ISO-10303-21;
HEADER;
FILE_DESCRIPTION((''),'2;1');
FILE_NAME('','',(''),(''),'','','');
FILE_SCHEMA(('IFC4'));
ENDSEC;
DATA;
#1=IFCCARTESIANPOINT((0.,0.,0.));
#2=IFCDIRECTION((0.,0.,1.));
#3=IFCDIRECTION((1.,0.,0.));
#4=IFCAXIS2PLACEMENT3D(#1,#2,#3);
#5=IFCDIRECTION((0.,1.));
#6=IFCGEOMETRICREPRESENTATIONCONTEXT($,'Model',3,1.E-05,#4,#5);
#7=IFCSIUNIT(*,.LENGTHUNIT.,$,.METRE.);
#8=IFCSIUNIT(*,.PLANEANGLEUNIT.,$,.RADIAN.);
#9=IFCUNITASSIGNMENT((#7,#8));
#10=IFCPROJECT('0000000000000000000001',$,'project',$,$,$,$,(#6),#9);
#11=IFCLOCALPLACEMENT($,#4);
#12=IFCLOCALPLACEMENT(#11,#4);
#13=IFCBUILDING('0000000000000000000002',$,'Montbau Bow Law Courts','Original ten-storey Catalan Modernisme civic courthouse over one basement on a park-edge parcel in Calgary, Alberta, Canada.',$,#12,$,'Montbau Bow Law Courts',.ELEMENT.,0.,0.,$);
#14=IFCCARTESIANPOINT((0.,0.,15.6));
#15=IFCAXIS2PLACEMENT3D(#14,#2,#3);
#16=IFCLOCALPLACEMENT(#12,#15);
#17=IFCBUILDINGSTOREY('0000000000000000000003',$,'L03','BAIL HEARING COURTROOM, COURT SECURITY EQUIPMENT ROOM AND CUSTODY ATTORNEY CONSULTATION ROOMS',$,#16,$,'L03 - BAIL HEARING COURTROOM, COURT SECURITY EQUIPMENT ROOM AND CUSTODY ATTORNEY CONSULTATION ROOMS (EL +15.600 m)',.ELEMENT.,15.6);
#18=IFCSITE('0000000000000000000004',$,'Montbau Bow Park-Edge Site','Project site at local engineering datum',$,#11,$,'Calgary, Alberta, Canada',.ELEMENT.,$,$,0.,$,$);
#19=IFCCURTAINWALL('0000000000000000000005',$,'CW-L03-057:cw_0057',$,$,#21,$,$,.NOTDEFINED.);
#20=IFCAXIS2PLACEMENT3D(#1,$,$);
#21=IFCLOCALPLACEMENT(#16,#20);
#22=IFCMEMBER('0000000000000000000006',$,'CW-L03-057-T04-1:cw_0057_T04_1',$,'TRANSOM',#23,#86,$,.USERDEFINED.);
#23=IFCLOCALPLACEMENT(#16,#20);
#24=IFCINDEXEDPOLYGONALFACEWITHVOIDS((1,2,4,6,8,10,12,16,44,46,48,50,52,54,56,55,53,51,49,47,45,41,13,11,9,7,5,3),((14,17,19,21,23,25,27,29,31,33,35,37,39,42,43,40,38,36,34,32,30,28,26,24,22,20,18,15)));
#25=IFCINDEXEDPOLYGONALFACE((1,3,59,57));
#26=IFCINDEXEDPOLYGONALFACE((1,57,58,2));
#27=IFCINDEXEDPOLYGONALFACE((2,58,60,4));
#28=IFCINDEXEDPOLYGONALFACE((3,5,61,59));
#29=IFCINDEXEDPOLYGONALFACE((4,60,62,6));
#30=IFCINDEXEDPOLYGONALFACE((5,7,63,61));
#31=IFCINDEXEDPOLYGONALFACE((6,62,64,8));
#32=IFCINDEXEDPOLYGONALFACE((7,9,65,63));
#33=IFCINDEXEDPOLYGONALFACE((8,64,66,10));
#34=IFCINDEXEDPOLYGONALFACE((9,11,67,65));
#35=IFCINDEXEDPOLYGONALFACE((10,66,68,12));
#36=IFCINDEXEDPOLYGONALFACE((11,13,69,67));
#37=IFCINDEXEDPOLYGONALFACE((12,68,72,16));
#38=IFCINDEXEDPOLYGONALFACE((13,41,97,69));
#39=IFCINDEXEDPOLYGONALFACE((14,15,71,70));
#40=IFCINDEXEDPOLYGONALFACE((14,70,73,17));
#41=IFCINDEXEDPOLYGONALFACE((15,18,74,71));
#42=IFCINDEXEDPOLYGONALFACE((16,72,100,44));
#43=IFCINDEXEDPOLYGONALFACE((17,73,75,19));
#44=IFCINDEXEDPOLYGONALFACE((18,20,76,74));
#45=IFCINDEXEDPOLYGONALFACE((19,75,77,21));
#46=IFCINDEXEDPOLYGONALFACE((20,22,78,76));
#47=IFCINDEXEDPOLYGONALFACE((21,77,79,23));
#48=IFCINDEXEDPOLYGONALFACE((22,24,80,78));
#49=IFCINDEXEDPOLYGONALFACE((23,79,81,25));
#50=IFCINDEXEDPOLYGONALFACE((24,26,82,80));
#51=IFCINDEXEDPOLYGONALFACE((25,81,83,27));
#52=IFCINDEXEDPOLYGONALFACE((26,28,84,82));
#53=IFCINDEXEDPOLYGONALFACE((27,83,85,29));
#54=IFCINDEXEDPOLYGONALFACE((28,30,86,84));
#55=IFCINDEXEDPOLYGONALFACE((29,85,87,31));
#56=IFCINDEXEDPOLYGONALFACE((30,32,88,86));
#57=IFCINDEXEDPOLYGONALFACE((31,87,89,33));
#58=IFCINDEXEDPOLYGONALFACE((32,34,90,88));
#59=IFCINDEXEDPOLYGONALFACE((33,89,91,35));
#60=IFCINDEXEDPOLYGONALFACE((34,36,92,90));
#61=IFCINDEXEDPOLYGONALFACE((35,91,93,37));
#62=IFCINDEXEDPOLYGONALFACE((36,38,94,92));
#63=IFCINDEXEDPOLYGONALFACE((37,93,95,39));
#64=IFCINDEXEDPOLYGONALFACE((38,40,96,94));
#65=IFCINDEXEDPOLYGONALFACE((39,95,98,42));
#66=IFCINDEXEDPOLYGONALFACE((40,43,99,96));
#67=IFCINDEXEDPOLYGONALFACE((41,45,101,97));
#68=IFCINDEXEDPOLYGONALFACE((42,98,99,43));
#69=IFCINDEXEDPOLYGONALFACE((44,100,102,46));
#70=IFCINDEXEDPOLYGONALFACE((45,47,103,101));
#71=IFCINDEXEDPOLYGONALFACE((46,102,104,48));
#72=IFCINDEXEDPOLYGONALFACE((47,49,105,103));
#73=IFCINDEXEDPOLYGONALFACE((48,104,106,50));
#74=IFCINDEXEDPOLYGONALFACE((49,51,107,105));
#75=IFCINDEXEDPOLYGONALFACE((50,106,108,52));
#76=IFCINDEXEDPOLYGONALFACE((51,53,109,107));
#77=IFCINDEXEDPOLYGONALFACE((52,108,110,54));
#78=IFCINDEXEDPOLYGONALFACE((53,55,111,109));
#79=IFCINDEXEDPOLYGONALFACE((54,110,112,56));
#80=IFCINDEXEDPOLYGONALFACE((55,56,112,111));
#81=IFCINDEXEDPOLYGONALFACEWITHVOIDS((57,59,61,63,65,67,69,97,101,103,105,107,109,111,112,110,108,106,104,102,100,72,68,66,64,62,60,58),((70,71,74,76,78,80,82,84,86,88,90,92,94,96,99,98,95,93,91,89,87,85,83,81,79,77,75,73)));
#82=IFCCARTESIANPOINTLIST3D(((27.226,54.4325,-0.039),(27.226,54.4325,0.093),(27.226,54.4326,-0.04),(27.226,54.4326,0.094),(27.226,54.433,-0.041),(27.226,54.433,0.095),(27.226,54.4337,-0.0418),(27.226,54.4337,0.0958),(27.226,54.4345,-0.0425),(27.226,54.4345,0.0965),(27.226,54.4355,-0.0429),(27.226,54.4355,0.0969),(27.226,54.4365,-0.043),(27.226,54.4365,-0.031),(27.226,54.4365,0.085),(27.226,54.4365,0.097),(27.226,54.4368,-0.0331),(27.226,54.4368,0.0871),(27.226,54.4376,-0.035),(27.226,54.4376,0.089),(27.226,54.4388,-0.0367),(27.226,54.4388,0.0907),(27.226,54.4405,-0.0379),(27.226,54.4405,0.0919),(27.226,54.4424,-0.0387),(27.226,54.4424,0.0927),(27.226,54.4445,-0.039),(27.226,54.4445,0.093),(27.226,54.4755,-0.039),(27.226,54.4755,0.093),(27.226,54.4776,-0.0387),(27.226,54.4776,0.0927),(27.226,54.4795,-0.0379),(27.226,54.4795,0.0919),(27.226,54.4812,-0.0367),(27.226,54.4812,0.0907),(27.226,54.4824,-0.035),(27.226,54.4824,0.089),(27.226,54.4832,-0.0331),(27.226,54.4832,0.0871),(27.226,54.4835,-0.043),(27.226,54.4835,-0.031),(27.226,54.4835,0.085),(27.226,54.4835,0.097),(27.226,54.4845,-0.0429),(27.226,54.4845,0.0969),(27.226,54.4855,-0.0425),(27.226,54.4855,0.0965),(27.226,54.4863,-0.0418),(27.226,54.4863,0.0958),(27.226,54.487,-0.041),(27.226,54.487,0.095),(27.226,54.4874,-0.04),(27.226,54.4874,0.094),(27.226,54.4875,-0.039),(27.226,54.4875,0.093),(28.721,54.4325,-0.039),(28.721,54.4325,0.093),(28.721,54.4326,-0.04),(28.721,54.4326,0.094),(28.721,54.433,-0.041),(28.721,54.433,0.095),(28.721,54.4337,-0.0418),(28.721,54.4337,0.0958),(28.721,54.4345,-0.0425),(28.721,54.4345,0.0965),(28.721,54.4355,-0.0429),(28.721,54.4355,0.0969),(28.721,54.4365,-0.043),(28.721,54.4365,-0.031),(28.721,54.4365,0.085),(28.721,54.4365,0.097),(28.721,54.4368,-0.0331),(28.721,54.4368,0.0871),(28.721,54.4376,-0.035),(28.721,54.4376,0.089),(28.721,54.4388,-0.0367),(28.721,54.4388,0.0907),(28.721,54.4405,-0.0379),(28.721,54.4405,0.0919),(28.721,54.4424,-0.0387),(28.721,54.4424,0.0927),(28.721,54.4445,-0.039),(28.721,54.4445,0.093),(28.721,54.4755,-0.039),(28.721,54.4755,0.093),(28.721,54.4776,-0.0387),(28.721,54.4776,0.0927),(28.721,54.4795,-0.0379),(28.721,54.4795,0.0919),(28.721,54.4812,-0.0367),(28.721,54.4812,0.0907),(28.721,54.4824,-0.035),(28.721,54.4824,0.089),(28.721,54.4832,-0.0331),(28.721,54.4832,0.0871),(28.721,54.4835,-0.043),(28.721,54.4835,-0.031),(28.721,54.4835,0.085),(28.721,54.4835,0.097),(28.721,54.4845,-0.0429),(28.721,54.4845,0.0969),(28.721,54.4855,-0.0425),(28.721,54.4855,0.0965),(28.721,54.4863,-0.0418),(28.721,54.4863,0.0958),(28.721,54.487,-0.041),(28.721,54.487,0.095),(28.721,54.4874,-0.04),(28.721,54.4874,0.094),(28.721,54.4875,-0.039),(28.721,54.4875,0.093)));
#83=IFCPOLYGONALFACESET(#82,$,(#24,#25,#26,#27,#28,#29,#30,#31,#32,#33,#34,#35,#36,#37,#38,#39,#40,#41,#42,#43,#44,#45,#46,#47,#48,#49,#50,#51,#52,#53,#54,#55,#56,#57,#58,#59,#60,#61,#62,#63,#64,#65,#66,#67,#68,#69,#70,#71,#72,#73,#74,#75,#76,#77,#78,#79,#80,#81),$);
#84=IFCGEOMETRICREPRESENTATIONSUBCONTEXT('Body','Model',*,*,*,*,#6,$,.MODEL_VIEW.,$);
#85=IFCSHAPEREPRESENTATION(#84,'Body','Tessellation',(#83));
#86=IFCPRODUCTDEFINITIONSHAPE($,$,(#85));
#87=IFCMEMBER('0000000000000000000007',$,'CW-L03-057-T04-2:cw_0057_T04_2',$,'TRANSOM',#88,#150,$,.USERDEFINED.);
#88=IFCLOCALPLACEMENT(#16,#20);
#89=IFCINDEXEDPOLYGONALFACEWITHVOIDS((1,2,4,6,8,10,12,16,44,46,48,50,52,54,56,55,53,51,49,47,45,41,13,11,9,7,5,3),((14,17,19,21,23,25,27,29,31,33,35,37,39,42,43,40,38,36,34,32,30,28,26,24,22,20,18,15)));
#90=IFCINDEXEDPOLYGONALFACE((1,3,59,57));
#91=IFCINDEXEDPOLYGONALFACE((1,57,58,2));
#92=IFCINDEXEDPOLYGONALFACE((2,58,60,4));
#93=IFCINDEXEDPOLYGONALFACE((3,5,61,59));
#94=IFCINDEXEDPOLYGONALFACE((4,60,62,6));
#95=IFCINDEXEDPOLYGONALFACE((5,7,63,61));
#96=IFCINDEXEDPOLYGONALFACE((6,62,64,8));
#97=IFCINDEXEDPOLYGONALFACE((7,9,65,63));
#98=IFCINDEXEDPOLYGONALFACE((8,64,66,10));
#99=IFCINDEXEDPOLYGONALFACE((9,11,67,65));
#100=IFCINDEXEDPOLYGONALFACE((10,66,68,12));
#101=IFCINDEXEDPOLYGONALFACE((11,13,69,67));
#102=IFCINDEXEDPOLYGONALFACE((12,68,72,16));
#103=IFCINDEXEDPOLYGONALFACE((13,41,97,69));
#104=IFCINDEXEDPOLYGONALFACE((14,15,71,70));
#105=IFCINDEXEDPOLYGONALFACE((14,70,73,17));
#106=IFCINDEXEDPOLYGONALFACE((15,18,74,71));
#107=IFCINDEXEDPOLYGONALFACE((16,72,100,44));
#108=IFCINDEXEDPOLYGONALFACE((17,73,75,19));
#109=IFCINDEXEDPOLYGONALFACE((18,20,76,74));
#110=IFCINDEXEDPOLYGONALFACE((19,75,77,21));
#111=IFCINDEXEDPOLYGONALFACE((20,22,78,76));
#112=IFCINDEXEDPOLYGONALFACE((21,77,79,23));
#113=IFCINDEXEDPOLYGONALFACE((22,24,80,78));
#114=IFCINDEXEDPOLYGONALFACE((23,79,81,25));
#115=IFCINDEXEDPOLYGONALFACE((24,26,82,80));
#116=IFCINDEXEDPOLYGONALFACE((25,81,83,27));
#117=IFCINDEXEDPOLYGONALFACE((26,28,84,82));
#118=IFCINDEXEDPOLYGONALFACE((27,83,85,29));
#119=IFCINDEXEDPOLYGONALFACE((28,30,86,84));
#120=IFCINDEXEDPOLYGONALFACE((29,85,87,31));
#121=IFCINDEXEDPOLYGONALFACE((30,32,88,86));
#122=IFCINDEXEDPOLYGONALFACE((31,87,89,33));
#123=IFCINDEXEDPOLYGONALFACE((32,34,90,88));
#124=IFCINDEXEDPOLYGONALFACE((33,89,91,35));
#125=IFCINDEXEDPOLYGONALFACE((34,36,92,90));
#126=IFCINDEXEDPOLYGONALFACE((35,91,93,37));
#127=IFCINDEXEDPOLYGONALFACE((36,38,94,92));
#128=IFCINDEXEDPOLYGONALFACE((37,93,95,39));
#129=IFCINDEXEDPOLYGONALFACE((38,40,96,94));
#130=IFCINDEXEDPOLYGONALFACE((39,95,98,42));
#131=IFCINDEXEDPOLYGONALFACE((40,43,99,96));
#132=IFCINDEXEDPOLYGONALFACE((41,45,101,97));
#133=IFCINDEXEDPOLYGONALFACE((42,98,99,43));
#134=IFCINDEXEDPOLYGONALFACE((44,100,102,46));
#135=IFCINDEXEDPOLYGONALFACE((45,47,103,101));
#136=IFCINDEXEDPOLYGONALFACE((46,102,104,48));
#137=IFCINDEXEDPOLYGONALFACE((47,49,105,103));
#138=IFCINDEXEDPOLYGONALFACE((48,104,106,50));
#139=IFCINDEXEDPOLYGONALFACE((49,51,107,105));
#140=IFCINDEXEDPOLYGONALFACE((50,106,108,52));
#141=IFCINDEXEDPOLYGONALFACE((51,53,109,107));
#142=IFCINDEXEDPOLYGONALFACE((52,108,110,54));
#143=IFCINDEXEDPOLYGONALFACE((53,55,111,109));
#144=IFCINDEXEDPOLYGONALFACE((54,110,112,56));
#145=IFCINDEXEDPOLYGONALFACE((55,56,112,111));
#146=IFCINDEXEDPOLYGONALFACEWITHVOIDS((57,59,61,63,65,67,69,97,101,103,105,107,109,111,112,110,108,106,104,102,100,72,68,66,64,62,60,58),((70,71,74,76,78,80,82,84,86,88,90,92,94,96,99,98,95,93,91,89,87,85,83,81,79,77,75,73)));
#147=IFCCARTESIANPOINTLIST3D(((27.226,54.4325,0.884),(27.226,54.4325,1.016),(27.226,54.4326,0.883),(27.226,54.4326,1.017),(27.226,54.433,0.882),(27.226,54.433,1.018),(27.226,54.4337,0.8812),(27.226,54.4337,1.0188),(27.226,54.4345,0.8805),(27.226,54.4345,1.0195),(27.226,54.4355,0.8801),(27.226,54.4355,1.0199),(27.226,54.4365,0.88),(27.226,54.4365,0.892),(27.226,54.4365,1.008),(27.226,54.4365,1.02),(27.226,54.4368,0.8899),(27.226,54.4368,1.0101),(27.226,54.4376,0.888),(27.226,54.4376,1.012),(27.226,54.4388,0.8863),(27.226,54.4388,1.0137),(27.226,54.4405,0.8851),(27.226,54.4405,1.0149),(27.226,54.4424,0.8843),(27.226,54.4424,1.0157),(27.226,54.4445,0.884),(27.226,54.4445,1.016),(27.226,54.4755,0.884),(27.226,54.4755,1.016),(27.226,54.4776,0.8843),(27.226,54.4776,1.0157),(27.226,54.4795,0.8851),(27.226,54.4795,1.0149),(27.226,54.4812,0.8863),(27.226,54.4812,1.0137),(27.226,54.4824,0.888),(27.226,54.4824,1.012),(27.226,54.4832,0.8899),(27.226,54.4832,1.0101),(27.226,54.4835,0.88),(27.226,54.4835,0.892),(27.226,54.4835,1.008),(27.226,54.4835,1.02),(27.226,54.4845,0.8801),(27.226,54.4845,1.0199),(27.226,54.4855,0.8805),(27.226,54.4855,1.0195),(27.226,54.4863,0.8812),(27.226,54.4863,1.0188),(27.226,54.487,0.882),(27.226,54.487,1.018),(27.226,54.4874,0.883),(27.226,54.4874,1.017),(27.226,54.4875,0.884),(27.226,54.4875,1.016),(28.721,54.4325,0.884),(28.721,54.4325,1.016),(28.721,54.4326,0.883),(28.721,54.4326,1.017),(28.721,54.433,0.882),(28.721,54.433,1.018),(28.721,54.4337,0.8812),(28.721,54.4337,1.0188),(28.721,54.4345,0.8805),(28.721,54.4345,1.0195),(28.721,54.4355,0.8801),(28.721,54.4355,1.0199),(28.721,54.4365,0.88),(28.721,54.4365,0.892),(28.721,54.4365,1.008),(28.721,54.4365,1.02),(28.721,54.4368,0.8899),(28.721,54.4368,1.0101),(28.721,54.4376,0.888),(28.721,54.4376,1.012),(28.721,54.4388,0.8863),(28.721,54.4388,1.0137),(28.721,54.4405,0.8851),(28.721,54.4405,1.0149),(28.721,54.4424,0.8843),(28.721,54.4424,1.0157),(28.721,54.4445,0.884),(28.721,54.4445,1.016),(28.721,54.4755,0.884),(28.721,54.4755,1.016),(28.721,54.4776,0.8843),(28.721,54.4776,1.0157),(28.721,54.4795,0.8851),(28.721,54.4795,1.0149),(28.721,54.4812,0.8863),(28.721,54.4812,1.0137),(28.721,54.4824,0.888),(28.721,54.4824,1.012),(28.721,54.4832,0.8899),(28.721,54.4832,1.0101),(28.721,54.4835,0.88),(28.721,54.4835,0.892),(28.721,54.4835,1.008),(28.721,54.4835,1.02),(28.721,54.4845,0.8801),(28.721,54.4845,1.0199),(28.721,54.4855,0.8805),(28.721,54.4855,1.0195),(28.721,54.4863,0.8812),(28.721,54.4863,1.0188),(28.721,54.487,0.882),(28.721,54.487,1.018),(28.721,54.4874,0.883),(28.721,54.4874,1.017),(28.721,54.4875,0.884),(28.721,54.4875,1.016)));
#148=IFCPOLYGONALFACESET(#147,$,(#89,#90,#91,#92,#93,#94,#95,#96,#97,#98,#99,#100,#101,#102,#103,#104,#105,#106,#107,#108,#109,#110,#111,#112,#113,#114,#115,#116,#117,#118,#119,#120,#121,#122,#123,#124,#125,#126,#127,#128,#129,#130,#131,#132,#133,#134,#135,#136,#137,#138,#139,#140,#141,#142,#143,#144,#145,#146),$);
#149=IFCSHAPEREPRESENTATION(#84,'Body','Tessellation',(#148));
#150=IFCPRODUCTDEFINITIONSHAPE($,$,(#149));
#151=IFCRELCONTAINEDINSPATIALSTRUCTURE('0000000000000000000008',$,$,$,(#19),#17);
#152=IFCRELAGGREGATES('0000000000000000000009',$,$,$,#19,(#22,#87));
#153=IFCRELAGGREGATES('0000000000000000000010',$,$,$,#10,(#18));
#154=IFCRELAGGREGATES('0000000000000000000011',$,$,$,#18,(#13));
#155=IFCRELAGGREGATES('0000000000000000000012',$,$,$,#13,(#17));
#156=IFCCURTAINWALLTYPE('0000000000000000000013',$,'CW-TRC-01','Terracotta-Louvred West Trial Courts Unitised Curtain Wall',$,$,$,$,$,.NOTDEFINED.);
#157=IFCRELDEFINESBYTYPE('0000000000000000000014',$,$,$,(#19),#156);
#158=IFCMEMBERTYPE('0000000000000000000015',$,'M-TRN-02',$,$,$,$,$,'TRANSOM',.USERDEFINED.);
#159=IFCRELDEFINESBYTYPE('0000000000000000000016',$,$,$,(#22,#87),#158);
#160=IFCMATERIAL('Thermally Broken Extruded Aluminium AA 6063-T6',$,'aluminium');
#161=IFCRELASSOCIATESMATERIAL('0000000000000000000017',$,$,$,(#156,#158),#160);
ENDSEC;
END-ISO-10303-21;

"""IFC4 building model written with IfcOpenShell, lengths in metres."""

from ifc_helpers import new_model, si_unit, direction, frame, origin_with_axes, origin_2d_with_axis, place, context, subcontext, project, spatial, hollow_rectangle, extrude, material, material_profile, profile_set, type_object, element, aggregate, save


model = new_model("IFC4")

# Units and contexts
model_context = context("Model", 3, precision=1e-05, world=origin_with_axes(), true_north=direction((0.0, 1.0)))
body_context = subcontext(model_context, "Body", "Model", "MODEL_VIEW")
ifc_project = project(units=[si_unit("LENGTHUNIT", "METRE"), si_unit("PLANEANGLEUNIT", "RADIAN")], contexts=[model_context])

# Site, building, storey
site_placement = place(None, origin_with_axes())
site = spatial("IfcSite", under=ifc_project, at=site_placement, Name="Montbau Bow Park-Edge Site", Description="Project site at local engineering datum", LongName="Calgary, Alberta, Canada", CompositionType="ELEMENT", RefElevation=0.0)
building_placement = place(site_placement, origin_with_axes())
building = spatial("IfcBuilding", under=site, at=building_placement, Name="Montbau Bow Law Courts", Description="Original ten-storey Catalan Modernisme civic courthouse over one basement on a park-edge parcel in Calgary, Alberta, Canada.", LongName="Montbau Bow Law Courts", CompositionType="ELEMENT", ElevationOfRefHeight=0.0, ElevationOfTerrain=0.0)
storey_placement = place(building_placement, frame((0.0, 0.0, 15.6), z_axis=(0.0, 0.0, 1.0), x_axis=(1.0, 0.0, 0.0)))
storey = spatial("IfcBuildingStorey", under=building, at=storey_placement, Name="L03", Description="BAIL HEARING COURTROOM, COURT SECURITY EQUIPMENT ROOM AND CUSTODY ATTORNEY CONSULTATION ROOMS", LongName="L03 - BAIL HEARING COURTROOM, COURT SECURITY EQUIPMENT ROOM AND CUSTODY ATTORNEY CONSULTATION ROOMS (EL +15.600 m)", CompositionType="ELEMENT", Elevation=15.6)

# Curtain wall, members
ifc_material_1 = material(Name="Thermally Broken Extruded Aluminium AA 6063-T6", Category="aluminium")
curtain_wall_type = type_object("IfcCurtainWallType", Name="CW-TRC-01", Description="Terracotta-Louvred West Trial Courts Unitised Curtain Wall", PredefinedType="NOTDEFINED", material=ifc_material_1)
curtain_wall_placement = place(None, frame((22.467, 54.46, 15.6), z_axis=(0.0, 0.0, 1.0), x_axis=(1.0, 0.0, 0.0)))
curtain_wall = element("IfcCurtainWall", 1, at=curtain_wall_placement, inside=storey, type_object=curtain_wall_type, Name="CW-L03-057:cw_0057", PredefinedType="NOTDEFINED")
ifc_material_profile_1 = material_profile(ifc_material_1, hollow_rectangle(XDim=0.055, YDim=0.14, WallThickness=0.004, InnerFilletRadius=0.008, OuterFilletRadius=0.004, at=origin_2d_with_axis()), Name="CWT-140X55", Category="Main", Priority=0)
ifc_profile_set_1 = profile_set([ifc_material_profile_1], Name="Thermally Broken Extruded Aluminium AA 6063-T6")
member_type_1 = type_object("IfcMemberType", Name="M-TRN-02", ElementType="TRANSOM", PredefinedType="USERDEFINED", material=ifc_profile_set_1)
member_1_placement = place(None, frame((27.226, 54.46, 15.627), z_axis=(1.0, 0.0, 0.0), x_axis=(0.0, 1.0, 0.0)))
member_1 = element("IfcMember", 2, at=member_1_placement, type_object=member_type_1, Name="CW-L03-057-T04-1:cw_0057_T04_1", ObjectType="TRANSOM", PredefinedType="USERDEFINED", context=body_context, shape_type="SweptSolid", body=[
    extrude(hollow_rectangle(XDim=0.055, YDim=0.14, WallThickness=0.004, InnerFilletRadius=0.008, OuterFilletRadius=0.004, at=origin_2d_with_axis()), origin_with_axes(), (0.0, 0.0, 1.0), 1.495),
])
member_2_placement = place(None, frame((27.226, 54.46, 16.55), z_axis=(1.0, 0.0, 0.0), x_axis=(0.0, 1.0, 0.0)))
member_2 = element("IfcMember", 3, at=member_2_placement, type_object=member_type_1, Name="CW-L03-057-T04-2:cw_0057_T04_2", ObjectType="TRANSOM", PredefinedType="USERDEFINED", context=body_context, shape_type="SweptSolid", body=[
    extrude(hollow_rectangle(XDim=0.055, YDim=0.14, WallThickness=0.004, InnerFilletRadius=0.008, OuterFilletRadius=0.004, at=origin_2d_with_axis()), origin_with_axes(), (0.0, 0.0, 1.0), 1.495),
])
aggregate(curtain_wall, [member_1, member_2])

save(model, "model.ifc")
